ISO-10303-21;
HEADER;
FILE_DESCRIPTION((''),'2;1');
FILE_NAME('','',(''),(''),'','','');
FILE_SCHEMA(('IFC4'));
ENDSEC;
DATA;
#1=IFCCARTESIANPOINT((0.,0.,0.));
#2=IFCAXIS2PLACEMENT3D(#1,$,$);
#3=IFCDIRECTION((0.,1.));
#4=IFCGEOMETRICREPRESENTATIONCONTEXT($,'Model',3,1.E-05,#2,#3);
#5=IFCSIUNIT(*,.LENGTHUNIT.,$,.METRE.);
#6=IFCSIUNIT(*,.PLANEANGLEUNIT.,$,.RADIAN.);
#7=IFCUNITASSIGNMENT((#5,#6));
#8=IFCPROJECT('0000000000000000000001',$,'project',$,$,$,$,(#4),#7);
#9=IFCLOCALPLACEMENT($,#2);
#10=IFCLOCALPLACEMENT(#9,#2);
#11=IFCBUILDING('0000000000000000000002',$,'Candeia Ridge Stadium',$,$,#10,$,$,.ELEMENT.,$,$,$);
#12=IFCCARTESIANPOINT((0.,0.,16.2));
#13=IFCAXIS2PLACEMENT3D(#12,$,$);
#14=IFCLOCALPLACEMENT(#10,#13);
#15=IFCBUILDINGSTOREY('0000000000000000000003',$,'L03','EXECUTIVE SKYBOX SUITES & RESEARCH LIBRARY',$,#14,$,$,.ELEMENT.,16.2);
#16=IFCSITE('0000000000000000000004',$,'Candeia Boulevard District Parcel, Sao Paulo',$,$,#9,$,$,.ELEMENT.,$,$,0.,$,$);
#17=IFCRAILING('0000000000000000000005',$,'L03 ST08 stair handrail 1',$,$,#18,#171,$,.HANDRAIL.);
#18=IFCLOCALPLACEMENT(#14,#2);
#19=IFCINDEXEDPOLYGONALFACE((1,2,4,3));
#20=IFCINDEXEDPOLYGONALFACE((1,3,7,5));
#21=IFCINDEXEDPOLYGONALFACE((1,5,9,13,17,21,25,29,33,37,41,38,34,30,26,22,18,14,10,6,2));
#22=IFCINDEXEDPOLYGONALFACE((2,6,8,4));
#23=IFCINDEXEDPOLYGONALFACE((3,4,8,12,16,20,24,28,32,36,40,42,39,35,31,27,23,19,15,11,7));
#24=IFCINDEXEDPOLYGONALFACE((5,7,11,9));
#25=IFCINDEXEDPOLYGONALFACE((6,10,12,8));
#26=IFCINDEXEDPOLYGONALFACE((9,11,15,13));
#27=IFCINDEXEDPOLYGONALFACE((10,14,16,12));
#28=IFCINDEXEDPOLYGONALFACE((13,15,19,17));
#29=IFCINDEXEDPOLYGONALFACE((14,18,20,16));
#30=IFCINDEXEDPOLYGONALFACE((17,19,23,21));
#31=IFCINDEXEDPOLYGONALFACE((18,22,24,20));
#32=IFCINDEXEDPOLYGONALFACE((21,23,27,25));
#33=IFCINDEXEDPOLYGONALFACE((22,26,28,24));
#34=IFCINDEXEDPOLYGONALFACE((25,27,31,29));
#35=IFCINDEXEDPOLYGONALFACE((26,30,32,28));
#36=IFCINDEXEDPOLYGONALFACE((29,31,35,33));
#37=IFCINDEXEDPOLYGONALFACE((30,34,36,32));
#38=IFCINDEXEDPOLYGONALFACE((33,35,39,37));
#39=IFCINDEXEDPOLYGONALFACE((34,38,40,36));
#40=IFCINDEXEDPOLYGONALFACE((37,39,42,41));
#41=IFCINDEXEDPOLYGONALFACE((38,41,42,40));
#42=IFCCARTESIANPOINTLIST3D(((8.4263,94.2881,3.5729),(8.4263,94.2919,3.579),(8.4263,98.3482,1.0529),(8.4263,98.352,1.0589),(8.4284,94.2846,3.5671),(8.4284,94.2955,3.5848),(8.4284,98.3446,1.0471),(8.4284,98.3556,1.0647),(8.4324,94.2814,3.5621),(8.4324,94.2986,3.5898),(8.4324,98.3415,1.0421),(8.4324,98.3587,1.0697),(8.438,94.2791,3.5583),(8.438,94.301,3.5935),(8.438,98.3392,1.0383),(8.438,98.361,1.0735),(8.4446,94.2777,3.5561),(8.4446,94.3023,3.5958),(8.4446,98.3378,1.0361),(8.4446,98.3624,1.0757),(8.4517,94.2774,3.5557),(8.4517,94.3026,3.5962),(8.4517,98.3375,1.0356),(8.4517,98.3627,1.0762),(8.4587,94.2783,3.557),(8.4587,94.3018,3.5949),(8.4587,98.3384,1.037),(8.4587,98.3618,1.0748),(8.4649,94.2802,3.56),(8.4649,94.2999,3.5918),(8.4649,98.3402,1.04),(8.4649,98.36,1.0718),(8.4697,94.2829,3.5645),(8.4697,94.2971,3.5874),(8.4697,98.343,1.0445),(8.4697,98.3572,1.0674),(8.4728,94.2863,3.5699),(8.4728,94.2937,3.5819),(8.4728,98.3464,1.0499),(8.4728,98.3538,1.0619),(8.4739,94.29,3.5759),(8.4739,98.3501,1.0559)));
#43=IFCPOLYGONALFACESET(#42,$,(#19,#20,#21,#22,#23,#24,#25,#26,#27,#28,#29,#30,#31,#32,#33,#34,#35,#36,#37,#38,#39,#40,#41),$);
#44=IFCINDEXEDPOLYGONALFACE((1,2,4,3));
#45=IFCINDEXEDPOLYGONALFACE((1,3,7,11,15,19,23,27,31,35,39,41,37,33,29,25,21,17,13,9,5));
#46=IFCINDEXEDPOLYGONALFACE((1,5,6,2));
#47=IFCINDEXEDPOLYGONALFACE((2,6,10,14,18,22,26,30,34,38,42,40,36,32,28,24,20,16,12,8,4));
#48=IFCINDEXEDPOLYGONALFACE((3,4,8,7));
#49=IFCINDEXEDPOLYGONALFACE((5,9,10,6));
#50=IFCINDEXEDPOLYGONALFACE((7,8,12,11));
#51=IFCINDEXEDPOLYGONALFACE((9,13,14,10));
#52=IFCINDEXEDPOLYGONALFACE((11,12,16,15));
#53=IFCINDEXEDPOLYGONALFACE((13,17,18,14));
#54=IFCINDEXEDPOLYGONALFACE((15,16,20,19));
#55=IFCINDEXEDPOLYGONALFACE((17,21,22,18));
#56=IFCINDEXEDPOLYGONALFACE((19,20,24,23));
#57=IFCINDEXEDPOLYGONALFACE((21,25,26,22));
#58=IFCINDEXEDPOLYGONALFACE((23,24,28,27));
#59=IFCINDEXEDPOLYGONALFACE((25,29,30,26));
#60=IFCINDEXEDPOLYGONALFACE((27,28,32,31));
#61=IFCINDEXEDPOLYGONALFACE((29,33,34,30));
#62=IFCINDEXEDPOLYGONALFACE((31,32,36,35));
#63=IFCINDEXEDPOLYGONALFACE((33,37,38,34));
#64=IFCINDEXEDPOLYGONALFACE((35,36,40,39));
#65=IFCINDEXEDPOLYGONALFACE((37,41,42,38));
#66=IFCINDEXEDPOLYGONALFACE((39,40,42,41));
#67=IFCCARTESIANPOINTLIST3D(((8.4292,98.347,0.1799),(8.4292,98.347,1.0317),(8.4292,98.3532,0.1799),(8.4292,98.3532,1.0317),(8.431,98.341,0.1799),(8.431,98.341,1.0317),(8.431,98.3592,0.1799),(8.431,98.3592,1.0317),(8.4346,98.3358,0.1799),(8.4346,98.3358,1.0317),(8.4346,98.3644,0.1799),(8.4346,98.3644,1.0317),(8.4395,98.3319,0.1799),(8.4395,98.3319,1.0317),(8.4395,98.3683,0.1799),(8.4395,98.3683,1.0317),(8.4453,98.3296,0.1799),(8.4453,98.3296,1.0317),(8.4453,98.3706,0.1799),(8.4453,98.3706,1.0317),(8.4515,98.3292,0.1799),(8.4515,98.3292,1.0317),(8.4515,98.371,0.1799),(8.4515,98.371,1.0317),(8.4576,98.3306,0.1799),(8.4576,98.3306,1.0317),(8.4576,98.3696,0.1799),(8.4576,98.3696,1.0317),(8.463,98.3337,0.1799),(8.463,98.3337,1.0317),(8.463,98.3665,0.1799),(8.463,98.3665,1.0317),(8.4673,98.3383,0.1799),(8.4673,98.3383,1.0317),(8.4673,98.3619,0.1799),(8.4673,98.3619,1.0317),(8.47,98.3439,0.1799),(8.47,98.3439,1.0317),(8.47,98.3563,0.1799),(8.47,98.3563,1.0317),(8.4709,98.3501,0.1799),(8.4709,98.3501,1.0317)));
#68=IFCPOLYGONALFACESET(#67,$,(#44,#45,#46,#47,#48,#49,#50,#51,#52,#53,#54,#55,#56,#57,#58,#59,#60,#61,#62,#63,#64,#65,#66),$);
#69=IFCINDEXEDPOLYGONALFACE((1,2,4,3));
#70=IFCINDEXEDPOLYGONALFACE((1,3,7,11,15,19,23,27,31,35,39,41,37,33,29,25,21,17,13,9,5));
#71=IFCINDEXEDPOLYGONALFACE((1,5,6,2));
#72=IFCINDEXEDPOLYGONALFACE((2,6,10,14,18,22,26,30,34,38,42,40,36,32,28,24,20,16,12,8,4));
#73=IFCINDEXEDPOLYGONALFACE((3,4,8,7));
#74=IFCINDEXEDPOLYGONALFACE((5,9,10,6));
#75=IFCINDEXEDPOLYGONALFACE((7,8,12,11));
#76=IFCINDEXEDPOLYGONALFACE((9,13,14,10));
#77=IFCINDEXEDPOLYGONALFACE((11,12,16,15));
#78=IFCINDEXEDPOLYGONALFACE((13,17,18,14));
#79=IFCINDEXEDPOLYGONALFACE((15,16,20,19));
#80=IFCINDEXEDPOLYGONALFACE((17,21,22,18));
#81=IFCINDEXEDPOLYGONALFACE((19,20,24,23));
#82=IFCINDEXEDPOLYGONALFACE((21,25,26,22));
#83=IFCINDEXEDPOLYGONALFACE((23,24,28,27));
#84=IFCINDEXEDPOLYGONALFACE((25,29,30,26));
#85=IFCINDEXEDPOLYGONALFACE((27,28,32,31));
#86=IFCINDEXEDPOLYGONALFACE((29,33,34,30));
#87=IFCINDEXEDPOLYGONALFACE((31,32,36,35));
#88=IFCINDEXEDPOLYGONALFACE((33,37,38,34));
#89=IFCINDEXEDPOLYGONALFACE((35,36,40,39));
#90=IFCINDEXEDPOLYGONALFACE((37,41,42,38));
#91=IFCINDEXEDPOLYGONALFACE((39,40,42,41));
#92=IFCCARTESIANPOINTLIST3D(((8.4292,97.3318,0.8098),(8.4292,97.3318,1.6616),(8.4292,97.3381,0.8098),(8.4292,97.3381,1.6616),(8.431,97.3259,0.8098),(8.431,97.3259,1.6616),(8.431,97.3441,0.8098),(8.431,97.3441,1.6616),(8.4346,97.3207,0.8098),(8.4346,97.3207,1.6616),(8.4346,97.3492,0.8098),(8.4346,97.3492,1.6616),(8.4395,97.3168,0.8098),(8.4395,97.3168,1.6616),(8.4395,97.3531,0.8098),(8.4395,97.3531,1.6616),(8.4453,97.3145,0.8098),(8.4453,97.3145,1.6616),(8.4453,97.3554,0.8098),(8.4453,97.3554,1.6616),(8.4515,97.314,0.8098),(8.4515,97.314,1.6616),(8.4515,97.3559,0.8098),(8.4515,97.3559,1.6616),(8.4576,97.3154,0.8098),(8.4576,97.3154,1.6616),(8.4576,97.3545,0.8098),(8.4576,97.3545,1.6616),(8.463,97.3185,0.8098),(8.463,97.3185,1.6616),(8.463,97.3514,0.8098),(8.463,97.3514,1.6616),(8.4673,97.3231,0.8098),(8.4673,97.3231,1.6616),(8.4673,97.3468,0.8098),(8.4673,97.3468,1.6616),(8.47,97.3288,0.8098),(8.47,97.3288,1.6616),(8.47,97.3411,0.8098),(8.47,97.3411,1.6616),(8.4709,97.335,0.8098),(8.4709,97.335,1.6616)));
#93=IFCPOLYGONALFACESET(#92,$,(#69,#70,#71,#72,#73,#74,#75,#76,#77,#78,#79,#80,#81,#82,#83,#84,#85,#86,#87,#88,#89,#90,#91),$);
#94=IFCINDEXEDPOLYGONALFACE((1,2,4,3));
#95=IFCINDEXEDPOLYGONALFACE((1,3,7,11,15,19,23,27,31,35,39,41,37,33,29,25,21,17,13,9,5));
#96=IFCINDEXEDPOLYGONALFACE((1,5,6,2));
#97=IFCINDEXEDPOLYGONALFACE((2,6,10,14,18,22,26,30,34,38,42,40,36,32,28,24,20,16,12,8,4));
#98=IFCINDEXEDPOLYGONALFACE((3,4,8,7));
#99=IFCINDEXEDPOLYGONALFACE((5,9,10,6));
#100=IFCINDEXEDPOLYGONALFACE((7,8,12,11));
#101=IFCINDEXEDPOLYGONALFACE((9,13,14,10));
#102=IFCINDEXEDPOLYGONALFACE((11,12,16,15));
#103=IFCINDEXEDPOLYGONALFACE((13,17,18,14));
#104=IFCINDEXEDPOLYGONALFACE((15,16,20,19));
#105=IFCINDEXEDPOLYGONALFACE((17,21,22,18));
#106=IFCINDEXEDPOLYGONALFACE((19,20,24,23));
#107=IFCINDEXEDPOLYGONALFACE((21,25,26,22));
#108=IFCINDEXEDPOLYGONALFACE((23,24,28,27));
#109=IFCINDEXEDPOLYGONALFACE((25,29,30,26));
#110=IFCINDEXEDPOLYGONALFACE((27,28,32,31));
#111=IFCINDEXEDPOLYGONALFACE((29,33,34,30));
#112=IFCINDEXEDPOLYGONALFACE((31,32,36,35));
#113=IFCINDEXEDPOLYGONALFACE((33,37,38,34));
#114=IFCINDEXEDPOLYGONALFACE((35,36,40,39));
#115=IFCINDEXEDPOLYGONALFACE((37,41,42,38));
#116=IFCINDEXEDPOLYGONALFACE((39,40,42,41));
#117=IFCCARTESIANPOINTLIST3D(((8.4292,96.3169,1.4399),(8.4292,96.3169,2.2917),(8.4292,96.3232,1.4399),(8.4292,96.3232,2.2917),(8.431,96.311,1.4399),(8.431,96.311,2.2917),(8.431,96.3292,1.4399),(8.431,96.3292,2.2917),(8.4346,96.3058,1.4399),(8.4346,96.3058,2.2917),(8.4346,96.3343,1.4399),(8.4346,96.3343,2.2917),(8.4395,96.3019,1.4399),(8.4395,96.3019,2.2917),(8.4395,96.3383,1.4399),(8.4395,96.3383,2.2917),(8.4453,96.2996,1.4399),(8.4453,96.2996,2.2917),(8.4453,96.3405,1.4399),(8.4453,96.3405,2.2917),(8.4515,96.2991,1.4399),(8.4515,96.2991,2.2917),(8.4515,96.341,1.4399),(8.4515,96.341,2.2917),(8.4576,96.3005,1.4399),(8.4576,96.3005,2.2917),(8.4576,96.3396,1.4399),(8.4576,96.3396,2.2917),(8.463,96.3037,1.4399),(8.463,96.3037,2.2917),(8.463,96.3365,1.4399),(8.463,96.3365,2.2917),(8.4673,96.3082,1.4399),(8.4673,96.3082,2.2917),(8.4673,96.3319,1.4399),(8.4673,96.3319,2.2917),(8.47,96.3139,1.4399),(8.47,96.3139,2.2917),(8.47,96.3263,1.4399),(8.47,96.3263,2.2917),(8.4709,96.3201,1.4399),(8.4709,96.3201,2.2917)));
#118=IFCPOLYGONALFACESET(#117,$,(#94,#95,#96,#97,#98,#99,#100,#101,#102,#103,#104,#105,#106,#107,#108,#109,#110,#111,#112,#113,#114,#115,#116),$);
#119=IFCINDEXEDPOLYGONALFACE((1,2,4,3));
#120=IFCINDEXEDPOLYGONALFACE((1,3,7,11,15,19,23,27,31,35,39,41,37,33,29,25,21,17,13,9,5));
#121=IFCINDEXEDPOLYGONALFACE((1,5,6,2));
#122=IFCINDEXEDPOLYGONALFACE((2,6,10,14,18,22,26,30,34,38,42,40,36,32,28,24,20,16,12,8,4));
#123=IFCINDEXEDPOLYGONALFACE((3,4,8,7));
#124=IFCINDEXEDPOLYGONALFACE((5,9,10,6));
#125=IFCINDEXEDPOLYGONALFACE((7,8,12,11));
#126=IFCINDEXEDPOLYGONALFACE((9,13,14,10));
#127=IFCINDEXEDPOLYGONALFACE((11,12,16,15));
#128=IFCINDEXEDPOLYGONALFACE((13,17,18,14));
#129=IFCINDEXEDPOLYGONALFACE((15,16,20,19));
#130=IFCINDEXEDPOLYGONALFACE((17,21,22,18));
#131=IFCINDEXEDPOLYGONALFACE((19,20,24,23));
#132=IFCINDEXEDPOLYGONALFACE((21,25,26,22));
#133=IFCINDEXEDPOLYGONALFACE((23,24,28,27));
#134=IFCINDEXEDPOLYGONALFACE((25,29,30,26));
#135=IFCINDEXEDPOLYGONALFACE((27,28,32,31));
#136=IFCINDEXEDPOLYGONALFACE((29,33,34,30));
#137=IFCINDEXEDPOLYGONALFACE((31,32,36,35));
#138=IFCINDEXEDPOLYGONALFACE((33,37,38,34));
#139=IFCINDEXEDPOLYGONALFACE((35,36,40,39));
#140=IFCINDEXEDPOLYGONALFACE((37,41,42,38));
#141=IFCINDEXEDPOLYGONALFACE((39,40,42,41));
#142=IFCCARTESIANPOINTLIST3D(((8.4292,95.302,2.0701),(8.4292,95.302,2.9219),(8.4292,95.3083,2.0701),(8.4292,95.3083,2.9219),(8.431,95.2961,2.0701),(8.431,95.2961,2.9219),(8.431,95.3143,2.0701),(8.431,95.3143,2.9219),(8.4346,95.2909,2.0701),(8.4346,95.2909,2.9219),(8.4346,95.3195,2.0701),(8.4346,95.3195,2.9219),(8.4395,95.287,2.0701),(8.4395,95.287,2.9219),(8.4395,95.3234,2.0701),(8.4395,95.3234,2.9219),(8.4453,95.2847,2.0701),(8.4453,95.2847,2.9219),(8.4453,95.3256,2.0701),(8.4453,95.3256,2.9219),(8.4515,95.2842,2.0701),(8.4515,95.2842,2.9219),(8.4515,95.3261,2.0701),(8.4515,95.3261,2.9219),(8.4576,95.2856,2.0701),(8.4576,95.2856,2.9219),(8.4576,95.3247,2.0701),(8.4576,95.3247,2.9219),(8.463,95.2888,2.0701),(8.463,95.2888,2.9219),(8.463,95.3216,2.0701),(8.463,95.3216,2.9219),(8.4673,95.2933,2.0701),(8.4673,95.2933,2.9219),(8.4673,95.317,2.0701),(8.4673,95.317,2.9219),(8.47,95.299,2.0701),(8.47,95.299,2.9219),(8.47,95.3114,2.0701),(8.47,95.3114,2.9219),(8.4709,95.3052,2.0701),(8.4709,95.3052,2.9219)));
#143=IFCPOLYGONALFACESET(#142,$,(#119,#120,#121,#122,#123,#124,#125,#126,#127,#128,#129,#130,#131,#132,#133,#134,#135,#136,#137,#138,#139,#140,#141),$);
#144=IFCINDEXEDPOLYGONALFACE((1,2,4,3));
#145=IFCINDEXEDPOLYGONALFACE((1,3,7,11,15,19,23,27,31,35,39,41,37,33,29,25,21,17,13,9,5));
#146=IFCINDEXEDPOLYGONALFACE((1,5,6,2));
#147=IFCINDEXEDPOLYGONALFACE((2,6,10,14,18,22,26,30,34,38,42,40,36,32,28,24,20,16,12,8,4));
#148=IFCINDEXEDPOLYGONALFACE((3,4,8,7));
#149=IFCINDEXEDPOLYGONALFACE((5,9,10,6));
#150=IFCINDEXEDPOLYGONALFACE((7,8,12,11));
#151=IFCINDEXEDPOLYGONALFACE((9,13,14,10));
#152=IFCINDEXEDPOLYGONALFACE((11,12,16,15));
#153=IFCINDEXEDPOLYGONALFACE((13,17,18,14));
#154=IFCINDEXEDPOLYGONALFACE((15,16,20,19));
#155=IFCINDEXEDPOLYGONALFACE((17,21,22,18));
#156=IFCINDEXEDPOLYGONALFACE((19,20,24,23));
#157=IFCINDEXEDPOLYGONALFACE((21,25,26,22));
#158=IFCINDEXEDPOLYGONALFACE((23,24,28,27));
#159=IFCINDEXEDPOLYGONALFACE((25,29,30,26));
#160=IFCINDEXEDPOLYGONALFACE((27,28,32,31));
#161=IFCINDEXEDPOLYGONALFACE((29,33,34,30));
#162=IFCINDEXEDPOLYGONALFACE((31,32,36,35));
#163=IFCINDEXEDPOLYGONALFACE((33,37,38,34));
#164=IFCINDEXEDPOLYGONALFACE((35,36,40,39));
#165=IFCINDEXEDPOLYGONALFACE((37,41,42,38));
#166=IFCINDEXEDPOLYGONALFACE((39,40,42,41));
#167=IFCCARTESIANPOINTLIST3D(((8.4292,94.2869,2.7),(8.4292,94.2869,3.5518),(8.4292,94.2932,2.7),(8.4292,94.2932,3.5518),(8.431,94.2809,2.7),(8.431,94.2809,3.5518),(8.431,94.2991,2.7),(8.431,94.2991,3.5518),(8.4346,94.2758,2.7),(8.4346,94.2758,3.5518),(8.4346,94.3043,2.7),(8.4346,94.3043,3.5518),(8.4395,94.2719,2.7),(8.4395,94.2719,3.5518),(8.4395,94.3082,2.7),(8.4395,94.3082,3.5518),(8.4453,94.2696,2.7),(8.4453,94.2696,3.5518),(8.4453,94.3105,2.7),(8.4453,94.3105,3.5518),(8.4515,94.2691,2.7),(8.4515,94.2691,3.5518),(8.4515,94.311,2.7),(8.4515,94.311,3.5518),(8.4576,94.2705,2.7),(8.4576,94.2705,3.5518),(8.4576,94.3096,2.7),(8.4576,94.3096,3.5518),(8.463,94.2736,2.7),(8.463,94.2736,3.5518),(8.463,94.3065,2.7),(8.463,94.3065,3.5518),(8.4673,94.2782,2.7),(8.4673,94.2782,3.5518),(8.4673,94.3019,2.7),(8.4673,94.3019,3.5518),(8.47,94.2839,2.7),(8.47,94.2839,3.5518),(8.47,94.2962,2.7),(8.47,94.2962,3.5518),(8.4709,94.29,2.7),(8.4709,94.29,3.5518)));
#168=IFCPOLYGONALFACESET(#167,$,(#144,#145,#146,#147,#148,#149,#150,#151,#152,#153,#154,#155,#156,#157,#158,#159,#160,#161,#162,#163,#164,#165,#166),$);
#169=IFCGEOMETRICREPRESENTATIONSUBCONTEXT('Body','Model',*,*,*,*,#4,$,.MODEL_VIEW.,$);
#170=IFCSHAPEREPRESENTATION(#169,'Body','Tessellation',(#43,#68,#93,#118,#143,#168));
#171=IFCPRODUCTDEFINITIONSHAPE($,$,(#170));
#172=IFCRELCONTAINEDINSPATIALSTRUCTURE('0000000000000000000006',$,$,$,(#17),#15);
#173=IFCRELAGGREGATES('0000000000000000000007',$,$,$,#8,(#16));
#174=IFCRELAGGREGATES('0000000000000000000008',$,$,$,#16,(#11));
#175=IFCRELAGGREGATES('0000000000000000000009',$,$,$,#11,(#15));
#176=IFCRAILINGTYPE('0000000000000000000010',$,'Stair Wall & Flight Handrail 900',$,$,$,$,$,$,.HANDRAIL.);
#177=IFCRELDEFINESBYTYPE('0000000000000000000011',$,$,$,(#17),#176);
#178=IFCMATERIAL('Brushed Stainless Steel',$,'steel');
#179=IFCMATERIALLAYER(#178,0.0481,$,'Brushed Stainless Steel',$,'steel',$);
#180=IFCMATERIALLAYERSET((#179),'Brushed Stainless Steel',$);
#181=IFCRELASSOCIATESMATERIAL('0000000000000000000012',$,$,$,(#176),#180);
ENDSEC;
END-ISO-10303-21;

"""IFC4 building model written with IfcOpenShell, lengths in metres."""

from ifc_helpers import new_model, si_unit, direction, frame, origin, origin_2d, place, context, subcontext, project, spatial, circle, extrude, material, layer, layer_set, type_object, element, save


model = new_model("IFC4")

# Units and contexts
model_context = context("Model", 3, precision=1e-05, world=origin(), true_north=direction((0.0, 1.0)))
body_context = subcontext(model_context, "Body", "Model", "MODEL_VIEW")
ifc_project = project(units=[si_unit("LENGTHUNIT", "METRE"), si_unit("PLANEANGLEUNIT", "RADIAN")], contexts=[model_context])

# Site, building, storey
site_placement = place(None, origin())
site = spatial("IfcSite", under=ifc_project, at=site_placement, Name="Candeia Boulevard District Parcel, Sao Paulo", CompositionType="ELEMENT", RefElevation=0.0)
building_placement = place(site_placement, origin())
building = spatial("IfcBuilding", under=site, at=building_placement, Name="Candeia Ridge Stadium", CompositionType="ELEMENT")
storey_placement = place(building_placement, frame((0.0, 0.0, 16.2)))
storey = spatial("IfcBuildingStorey", under=building, at=storey_placement, Name="L03", Description="EXECUTIVE SKYBOX SUITES & RESEARCH LIBRARY", CompositionType="ELEMENT", Elevation=16.2)

# Railing
ifc_material_1 = material(Name="Brushed Stainless Steel", Category="steel")
ifc_layer_1 = layer(ifc_material_1, 0.0481, Name="Brushed Stainless Steel", Category="steel")
ifc_layer_set_1 = layer_set([ifc_layer_1], Name="Brushed Stainless Steel")
railing_type_1 = type_object("IfcRailingType", Name="Stair Wall & Flight Handrail 900", PredefinedType="HANDRAIL", material=ifc_layer_set_1)
railing_1_placement = place(storey_placement, frame((8.45, 98.3501, 0.1799)))
element("IfcRailing", 1, at=railing_1_placement, inside=storey, type_object=railing_type_1, Name="L03 ST08 stair handrail 1", PredefinedType="HANDRAIL", context=body_context, shape_type="SweptSolid", body=[
    extrude(circle(Radius=0.0239, at=origin_2d()), frame((0.0, 0.0, 0.876), z_axis=(0.0, -0.849642, 0.52736), x_axis=(1.0, 0.0, 0.0)), (0.0, 0.0, 1.0), 4.7786),
    extrude(circle(Radius=0.021, at=origin_2d()), origin(), (0.0, 0.0, 1.0), 0.8518),
    extrude(circle(Radius=0.021, at=origin_2d()), frame((0.0, -1.0151, 0.6299)), (0.0, 0.0, 1.0), 0.8518),
    extrude(circle(Radius=0.021, at=origin_2d()), frame((0.0, -2.03, 1.26)), (0.0, 0.0, 1.0), 0.8518),
    extrude(circle(Radius=0.021, at=origin_2d()), frame((0.0, -3.0449, 1.8901)), (0.0, 0.0, 1.0), 0.8518),
    extrude(circle(Radius=0.021, at=origin_2d()), frame((0.0, -4.0601, 2.52)), (0.0, 0.0, 1.0), 0.8518),
])

save(model, "model.ifc")
